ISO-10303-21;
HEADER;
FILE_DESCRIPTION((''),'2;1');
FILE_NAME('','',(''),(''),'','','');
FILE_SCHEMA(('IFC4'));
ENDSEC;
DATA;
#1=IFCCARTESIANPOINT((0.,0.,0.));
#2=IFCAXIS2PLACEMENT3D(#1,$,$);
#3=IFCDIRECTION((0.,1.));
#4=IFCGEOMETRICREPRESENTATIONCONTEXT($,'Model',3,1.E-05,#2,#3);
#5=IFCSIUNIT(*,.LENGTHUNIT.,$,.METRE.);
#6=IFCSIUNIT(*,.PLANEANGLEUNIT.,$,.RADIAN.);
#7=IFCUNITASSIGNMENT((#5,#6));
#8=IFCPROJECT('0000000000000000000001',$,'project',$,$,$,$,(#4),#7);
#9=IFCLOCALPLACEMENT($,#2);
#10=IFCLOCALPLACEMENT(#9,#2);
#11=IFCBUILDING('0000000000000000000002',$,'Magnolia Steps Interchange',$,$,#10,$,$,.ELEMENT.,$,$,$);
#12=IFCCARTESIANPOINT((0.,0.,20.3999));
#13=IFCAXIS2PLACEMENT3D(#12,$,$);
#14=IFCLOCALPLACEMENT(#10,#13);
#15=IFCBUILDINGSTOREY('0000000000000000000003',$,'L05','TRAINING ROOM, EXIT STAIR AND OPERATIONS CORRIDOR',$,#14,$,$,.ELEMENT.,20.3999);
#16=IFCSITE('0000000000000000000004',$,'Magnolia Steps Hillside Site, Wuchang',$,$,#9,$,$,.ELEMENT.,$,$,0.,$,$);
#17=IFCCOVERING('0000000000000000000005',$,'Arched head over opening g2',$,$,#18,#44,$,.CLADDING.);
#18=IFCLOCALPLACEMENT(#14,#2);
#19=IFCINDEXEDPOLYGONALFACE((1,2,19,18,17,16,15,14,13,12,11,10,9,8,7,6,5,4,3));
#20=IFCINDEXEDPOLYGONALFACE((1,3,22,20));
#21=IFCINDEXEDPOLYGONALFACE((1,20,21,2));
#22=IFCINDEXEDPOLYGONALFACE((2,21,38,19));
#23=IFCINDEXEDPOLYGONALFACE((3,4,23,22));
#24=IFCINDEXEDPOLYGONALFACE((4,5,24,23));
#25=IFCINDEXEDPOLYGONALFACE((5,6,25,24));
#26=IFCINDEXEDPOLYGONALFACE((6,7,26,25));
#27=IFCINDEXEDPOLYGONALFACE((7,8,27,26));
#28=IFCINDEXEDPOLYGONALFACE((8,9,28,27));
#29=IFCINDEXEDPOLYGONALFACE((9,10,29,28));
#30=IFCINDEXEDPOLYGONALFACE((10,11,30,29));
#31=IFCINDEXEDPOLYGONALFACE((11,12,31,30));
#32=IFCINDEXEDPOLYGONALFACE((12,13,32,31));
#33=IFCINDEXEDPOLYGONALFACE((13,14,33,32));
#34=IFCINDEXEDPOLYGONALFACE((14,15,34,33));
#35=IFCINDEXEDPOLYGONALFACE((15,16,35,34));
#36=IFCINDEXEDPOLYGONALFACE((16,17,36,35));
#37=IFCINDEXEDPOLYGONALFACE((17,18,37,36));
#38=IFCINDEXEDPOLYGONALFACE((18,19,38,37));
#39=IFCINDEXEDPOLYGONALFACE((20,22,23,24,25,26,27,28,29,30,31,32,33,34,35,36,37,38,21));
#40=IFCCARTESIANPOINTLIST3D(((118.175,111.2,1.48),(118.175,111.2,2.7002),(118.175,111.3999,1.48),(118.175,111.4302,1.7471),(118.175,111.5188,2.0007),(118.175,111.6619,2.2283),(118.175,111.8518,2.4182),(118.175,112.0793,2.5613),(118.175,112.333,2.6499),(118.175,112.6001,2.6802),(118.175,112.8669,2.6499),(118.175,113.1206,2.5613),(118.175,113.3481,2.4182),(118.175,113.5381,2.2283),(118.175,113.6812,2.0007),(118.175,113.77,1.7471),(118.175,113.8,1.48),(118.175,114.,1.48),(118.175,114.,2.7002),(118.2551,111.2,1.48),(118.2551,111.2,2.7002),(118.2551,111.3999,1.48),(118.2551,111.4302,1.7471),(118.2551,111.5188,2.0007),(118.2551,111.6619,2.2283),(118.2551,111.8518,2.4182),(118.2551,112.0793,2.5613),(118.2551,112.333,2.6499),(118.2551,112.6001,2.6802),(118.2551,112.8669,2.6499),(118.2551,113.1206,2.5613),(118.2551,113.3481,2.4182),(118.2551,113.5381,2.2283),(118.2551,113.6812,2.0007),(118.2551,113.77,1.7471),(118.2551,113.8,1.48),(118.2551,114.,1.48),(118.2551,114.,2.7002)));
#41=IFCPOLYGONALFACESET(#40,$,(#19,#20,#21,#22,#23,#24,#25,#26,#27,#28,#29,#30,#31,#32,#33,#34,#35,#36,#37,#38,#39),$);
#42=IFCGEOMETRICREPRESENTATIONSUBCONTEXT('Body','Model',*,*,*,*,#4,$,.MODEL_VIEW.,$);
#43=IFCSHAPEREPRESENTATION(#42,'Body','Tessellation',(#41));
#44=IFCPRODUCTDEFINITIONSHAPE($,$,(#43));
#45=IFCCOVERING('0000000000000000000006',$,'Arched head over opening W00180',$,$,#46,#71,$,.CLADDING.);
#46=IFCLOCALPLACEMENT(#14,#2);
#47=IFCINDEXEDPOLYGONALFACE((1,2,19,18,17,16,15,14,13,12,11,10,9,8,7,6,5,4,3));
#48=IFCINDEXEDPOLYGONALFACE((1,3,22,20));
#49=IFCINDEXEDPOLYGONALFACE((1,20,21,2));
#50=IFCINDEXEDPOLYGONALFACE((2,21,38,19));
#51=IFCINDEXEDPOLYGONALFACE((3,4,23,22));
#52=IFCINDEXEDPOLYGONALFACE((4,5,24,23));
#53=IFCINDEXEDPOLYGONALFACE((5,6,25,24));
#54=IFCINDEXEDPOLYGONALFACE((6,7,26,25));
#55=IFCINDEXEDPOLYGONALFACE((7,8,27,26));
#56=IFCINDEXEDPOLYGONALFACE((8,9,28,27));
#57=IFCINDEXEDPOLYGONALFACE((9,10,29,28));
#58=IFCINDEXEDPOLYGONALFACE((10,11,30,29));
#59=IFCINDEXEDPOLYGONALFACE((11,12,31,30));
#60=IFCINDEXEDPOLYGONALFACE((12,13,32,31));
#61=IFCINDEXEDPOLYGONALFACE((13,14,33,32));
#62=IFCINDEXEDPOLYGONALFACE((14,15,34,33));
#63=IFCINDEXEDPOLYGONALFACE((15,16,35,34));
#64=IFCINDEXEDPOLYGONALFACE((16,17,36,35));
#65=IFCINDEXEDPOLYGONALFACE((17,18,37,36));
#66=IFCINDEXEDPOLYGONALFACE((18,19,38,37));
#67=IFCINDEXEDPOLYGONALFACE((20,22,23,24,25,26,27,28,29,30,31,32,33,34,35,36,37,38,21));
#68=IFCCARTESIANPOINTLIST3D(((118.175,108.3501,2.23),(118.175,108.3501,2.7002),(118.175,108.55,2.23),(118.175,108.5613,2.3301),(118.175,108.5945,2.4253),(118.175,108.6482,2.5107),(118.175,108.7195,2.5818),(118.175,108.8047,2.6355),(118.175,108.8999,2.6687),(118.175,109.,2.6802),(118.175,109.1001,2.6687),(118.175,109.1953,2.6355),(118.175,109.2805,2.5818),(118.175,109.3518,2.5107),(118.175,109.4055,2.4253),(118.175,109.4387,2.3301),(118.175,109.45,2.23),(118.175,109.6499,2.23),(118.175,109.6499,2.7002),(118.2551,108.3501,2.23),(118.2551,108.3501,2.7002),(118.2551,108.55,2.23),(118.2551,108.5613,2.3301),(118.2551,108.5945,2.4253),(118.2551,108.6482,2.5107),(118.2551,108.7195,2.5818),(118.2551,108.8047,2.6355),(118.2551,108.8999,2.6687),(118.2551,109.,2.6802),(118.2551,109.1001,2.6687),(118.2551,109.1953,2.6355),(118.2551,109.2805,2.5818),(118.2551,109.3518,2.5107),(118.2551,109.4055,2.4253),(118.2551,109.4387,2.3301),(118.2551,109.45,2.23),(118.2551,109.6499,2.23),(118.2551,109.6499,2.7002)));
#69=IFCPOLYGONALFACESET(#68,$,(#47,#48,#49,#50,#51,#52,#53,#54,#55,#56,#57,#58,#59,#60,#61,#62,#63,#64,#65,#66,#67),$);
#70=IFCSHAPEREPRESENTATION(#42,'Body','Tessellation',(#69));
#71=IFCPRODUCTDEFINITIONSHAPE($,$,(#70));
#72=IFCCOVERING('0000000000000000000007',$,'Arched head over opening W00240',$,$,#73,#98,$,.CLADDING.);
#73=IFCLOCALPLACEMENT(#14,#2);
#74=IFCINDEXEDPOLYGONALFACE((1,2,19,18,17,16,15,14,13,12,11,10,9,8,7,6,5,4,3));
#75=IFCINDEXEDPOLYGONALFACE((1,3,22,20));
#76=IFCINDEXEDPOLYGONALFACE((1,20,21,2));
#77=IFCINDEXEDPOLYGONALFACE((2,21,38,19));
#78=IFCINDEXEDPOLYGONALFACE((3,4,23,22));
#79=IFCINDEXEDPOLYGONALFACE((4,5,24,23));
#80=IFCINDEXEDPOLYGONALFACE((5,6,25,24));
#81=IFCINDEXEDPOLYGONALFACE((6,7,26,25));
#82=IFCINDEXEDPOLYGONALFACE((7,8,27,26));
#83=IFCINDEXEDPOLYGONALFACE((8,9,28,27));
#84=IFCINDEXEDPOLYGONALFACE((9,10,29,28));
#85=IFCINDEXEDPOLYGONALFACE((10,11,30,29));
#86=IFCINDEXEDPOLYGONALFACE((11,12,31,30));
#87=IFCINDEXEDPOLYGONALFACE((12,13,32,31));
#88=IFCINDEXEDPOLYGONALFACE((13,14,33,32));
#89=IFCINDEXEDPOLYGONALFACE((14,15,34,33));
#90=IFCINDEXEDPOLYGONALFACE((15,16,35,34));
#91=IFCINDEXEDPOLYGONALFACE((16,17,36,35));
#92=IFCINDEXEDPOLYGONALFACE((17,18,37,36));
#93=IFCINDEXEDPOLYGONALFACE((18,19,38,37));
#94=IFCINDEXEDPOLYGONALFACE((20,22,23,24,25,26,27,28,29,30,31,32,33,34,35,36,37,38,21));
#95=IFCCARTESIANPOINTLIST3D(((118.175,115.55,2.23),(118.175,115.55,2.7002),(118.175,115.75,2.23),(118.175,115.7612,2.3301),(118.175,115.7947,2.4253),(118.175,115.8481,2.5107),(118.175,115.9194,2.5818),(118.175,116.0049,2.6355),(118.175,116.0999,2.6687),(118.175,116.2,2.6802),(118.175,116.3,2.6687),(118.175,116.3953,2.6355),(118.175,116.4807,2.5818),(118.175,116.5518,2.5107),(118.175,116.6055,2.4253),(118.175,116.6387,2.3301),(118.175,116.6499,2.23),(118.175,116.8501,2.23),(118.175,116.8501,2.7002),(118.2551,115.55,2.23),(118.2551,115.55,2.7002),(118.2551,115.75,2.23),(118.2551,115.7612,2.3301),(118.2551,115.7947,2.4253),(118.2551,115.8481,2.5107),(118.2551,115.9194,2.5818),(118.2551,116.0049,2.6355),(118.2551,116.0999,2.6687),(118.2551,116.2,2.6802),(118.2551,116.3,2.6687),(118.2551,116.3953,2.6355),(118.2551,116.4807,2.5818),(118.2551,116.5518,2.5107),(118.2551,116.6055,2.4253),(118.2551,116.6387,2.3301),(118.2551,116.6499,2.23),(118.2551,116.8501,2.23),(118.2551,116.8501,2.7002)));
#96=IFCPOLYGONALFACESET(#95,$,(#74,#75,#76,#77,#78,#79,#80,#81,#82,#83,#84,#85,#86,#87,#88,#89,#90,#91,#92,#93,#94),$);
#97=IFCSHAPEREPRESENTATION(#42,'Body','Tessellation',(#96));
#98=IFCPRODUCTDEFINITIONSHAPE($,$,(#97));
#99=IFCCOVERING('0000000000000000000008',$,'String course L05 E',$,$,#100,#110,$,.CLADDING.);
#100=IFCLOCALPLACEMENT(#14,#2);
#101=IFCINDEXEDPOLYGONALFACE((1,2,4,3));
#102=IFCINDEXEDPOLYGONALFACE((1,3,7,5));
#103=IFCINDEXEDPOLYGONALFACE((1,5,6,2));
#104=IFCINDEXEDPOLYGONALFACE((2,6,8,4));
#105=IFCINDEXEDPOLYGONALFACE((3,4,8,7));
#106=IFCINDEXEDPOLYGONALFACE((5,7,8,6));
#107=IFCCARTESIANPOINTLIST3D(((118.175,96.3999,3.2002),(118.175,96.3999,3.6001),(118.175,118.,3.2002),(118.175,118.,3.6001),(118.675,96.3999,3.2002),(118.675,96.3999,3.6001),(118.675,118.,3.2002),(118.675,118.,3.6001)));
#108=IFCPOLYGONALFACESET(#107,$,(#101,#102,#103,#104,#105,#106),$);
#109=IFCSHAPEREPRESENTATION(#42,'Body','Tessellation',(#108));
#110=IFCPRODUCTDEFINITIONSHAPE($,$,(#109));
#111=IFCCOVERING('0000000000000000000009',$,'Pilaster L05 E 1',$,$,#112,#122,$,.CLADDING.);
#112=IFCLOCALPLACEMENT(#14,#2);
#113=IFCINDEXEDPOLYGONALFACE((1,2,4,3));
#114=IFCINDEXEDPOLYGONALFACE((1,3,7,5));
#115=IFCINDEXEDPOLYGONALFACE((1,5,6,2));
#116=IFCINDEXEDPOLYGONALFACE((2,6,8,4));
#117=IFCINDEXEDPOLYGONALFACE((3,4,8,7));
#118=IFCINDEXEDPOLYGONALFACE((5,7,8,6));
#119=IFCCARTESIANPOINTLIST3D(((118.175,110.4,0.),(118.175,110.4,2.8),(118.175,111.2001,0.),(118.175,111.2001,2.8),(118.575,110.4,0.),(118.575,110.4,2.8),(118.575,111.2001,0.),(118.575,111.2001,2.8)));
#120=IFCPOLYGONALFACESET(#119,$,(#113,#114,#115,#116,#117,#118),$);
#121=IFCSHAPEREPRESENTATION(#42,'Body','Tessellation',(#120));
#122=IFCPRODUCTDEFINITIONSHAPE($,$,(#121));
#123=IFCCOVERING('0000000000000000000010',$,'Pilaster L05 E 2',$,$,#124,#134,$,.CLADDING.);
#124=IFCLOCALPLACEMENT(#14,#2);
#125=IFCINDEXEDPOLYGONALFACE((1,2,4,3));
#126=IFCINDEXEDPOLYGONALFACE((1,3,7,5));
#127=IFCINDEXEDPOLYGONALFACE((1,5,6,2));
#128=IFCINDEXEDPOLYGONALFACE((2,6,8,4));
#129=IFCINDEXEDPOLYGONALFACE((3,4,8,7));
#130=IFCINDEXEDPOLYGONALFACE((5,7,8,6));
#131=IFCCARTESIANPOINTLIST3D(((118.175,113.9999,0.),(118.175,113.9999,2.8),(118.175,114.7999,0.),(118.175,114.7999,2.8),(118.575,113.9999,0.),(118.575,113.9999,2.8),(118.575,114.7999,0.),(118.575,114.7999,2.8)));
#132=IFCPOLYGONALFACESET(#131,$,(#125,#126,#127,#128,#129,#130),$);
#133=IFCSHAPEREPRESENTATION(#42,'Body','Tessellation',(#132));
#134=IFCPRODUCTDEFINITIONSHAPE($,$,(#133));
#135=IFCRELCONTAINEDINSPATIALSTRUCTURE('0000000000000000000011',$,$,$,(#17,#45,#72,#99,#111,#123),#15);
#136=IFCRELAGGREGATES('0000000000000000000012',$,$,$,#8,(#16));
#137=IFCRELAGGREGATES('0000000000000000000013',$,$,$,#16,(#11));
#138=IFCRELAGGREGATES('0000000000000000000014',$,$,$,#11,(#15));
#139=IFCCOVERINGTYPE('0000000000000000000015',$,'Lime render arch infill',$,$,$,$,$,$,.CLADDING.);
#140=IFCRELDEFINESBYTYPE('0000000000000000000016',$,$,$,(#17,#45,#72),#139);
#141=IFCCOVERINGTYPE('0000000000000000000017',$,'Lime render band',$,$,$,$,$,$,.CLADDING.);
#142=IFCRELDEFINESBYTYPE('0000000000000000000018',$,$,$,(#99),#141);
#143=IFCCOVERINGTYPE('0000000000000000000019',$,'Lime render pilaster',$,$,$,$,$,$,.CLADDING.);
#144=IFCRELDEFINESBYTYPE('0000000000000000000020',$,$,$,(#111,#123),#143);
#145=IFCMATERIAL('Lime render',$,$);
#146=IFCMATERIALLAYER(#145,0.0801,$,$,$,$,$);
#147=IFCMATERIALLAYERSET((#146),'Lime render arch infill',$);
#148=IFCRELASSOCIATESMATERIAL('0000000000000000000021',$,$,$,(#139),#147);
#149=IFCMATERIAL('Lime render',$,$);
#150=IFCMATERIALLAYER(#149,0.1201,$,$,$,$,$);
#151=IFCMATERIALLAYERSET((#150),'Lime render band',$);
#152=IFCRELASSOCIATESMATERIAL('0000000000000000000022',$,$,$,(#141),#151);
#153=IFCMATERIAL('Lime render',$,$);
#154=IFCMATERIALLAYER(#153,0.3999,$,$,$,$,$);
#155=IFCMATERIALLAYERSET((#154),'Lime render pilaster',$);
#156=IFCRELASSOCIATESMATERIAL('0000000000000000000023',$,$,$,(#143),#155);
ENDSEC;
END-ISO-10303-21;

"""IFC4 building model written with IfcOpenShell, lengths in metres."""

from ifc_helpers import new_model, si_unit, direction, frame, origin, origin_2d, place, context, subcontext, project, spatial, polyline, rectangle, outline, extrude, material, layer, layer_set, type_object, element, save


model = new_model("IFC4")

# Units and contexts
model_context = context("Model", 3, precision=1e-05, world=origin(), true_north=direction((0.0, 1.0)))
body_context = subcontext(model_context, "Body", "Model", "MODEL_VIEW")
ifc_project = project(units=[si_unit("LENGTHUNIT", "METRE"), si_unit("PLANEANGLEUNIT", "RADIAN")], contexts=[model_context])

# Site, building, storey
site_placement = place(None, origin())
site = spatial("IfcSite", under=ifc_project, at=site_placement, Name="Magnolia Steps Hillside Site, Wuchang", CompositionType="ELEMENT", RefElevation=0.0)
building_placement = place(site_placement, origin())
building = spatial("IfcBuilding", under=site, at=building_placement, Name="Magnolia Steps Interchange", CompositionType="ELEMENT")
storey_placement = place(building_placement, frame((0.0, 0.0, 20.3999)))
storey = spatial("IfcBuildingStorey", under=building, at=storey_placement, Name="L05", Description="TRAINING ROOM, EXIT STAIR AND OPERATIONS CORRIDOR", CompositionType="ELEMENT", Elevation=20.3999)

# Coverings
ifc_material_1 = material(Name="Lime render")
ifc_layer_1 = layer(ifc_material_1, 0.0801)
ifc_layer_set_1 = layer_set([ifc_layer_1], Name="Lime render arch infill")
covering_type_1 = type_object("IfcCoveringType", Name="Lime render arch infill", PredefinedType="CLADDING", material=ifc_layer_set_1)
covering_1_placement = place(storey_placement, frame((118.175, 111.2, 1.48), z_axis=(-1.0, 0.0, 0.0), x_axis=(0.0, 0.0, 1.0)))
element("IfcCovering", 1, at=covering_1_placement, inside=storey, type_object=covering_type_1, Name="Arched head over opening g2", PredefinedType="CLADDING", context=body_context, shape_type="SweptSolid", body=[
    extrude(outline(polyline([(0.0, 0.0), (1.2202, 0.0), (1.2202, 2.8), (0.0, 2.8), (0.0, 2.6001), (0.2671, 2.5701), (0.5208, 2.4812), (0.7483, 2.3381), (0.9382, 2.1482), (1.0813, 1.9207), (1.1699, 1.667), (1.2002, 1.4001), (1.1699, 1.1331), (1.0813, 0.8794), (0.9382, 0.6519), (0.7483, 0.4619), (0.5208, 0.3188), (0.2671, 0.2302), (0.0, 0.2), (0.0, 0.0)])), origin(), (0.0, 0.0, -1.0), 0.0801),
])
covering_2_placement = place(storey_placement, frame((118.175, 108.3501, 2.23), z_axis=(-1.0, 0.0, 0.0), x_axis=(0.0, 0.0, 1.0)))
element("IfcCovering", 2, at=covering_2_placement, inside=storey, type_object=covering_type_1, Name="Arched head over opening W00180", PredefinedType="CLADDING", context=body_context, shape_type="SweptSolid", body=[
    extrude(outline(polyline([(0.0, 0.0), (0.4702, 0.0), (0.4702, 1.2998), (0.0, 1.2998), (0.0, 1.0999), (0.1001, 1.0886), (0.1953, 1.0554), (0.2808, 1.0017), (0.3518, 0.9304), (0.4055, 0.8452), (0.4387, 0.75), (0.4502, 0.6499), (0.4387, 0.5498), (0.4055, 0.4546), (0.3518, 0.3694), (0.2808, 0.2981), (0.1953, 0.2444), (0.1001, 0.2112), (0.0, 0.2), (0.0, 0.0)])), origin(), (0.0, 0.0, -1.0), 0.0801),
])
covering_3_placement = place(storey_placement, frame((118.175, 115.55, 2.23), z_axis=(-1.0, 0.0, 0.0), x_axis=(0.0, 0.0, 1.0)))
element("IfcCovering", 3, at=covering_3_placement, inside=storey, type_object=covering_type_1, Name="Arched head over opening W00240", PredefinedType="CLADDING", context=body_context, shape_type="SweptSolid", body=[
    extrude(outline(polyline([(0.0, 0.0), (0.4702, 0.0), (0.4702, 1.3), (0.0, 1.3), (0.0, 1.0999), (0.1001, 1.0886), (0.1953, 1.0554), (0.2808, 1.0017), (0.3518, 0.9307), (0.4055, 0.8452), (0.4387, 0.75), (0.4502, 0.6499), (0.4387, 0.5498), (0.4055, 0.4548), (0.3518, 0.3694), (0.2808, 0.2981), (0.1953, 0.2446), (0.1001, 0.2112), (0.0, 0.2), (0.0, 0.0)])), origin(), (0.0, 0.0, -1.0), 0.0801),
])
ifc_material_2 = material(Name="Lime render")
ifc_layer_2 = layer(ifc_material_2, 0.1201)
ifc_layer_set_2 = layer_set([ifc_layer_2], Name="Lime render band")
covering_type_2 = type_object("IfcCoveringType", Name="Lime render band", PredefinedType="CLADDING", material=ifc_layer_set_2)
covering_4_placement = place(storey_placement, frame((118.425, 107.2, 3.2002), z_axis=(0.0, 0.0, 1.0), x_axis=(1.0, 0.0, 0.0)))
element("IfcCovering", 4, at=covering_4_placement, inside=storey, type_object=covering_type_2, Name="String course L05 E", PredefinedType="CLADDING", context=body_context, shape_type="SweptSolid", body=[
    extrude(rectangle(XDim=0.5, YDim=21.6001, at=origin_2d()), origin(), (0.0, 0.0, 1.0), 0.3999),
])
ifc_material_3 = material(Name="Lime render")
ifc_layer_3 = layer(ifc_material_3, 0.3999)
ifc_layer_set_3 = layer_set([ifc_layer_3], Name="Lime render pilaster")
covering_type_3 = type_object("IfcCoveringType", Name="Lime render pilaster", PredefinedType="CLADDING", material=ifc_layer_set_3)
for number, where, z_axis, x_axis, name in (
    (5, (118.375, 110.8, 0.0), (0.0, 0.0, 1.0), (1.0, 0.0, 0.0), "Pilaster L05 E 1"),
    (6, (118.375, 114.3999, 0.0), (0.0, 0.0, 1.0), (1.0, 0.0, 0.0), "Pilaster L05 E 2"),
):
    element("IfcCovering", number, at=place(storey_placement, frame(where, z_axis=z_axis, x_axis=x_axis)), inside=storey, type_object=covering_type_3, Name=name, PredefinedType="CLADDING", context=body_context, shape_type="SweptSolid", body=[
        extrude(rectangle(XDim=0.3999, YDim=0.8, at=origin_2d()), origin(), (0.0, 0.0, 1.0), 2.8),
    ])

save(model, "model.ifc")
